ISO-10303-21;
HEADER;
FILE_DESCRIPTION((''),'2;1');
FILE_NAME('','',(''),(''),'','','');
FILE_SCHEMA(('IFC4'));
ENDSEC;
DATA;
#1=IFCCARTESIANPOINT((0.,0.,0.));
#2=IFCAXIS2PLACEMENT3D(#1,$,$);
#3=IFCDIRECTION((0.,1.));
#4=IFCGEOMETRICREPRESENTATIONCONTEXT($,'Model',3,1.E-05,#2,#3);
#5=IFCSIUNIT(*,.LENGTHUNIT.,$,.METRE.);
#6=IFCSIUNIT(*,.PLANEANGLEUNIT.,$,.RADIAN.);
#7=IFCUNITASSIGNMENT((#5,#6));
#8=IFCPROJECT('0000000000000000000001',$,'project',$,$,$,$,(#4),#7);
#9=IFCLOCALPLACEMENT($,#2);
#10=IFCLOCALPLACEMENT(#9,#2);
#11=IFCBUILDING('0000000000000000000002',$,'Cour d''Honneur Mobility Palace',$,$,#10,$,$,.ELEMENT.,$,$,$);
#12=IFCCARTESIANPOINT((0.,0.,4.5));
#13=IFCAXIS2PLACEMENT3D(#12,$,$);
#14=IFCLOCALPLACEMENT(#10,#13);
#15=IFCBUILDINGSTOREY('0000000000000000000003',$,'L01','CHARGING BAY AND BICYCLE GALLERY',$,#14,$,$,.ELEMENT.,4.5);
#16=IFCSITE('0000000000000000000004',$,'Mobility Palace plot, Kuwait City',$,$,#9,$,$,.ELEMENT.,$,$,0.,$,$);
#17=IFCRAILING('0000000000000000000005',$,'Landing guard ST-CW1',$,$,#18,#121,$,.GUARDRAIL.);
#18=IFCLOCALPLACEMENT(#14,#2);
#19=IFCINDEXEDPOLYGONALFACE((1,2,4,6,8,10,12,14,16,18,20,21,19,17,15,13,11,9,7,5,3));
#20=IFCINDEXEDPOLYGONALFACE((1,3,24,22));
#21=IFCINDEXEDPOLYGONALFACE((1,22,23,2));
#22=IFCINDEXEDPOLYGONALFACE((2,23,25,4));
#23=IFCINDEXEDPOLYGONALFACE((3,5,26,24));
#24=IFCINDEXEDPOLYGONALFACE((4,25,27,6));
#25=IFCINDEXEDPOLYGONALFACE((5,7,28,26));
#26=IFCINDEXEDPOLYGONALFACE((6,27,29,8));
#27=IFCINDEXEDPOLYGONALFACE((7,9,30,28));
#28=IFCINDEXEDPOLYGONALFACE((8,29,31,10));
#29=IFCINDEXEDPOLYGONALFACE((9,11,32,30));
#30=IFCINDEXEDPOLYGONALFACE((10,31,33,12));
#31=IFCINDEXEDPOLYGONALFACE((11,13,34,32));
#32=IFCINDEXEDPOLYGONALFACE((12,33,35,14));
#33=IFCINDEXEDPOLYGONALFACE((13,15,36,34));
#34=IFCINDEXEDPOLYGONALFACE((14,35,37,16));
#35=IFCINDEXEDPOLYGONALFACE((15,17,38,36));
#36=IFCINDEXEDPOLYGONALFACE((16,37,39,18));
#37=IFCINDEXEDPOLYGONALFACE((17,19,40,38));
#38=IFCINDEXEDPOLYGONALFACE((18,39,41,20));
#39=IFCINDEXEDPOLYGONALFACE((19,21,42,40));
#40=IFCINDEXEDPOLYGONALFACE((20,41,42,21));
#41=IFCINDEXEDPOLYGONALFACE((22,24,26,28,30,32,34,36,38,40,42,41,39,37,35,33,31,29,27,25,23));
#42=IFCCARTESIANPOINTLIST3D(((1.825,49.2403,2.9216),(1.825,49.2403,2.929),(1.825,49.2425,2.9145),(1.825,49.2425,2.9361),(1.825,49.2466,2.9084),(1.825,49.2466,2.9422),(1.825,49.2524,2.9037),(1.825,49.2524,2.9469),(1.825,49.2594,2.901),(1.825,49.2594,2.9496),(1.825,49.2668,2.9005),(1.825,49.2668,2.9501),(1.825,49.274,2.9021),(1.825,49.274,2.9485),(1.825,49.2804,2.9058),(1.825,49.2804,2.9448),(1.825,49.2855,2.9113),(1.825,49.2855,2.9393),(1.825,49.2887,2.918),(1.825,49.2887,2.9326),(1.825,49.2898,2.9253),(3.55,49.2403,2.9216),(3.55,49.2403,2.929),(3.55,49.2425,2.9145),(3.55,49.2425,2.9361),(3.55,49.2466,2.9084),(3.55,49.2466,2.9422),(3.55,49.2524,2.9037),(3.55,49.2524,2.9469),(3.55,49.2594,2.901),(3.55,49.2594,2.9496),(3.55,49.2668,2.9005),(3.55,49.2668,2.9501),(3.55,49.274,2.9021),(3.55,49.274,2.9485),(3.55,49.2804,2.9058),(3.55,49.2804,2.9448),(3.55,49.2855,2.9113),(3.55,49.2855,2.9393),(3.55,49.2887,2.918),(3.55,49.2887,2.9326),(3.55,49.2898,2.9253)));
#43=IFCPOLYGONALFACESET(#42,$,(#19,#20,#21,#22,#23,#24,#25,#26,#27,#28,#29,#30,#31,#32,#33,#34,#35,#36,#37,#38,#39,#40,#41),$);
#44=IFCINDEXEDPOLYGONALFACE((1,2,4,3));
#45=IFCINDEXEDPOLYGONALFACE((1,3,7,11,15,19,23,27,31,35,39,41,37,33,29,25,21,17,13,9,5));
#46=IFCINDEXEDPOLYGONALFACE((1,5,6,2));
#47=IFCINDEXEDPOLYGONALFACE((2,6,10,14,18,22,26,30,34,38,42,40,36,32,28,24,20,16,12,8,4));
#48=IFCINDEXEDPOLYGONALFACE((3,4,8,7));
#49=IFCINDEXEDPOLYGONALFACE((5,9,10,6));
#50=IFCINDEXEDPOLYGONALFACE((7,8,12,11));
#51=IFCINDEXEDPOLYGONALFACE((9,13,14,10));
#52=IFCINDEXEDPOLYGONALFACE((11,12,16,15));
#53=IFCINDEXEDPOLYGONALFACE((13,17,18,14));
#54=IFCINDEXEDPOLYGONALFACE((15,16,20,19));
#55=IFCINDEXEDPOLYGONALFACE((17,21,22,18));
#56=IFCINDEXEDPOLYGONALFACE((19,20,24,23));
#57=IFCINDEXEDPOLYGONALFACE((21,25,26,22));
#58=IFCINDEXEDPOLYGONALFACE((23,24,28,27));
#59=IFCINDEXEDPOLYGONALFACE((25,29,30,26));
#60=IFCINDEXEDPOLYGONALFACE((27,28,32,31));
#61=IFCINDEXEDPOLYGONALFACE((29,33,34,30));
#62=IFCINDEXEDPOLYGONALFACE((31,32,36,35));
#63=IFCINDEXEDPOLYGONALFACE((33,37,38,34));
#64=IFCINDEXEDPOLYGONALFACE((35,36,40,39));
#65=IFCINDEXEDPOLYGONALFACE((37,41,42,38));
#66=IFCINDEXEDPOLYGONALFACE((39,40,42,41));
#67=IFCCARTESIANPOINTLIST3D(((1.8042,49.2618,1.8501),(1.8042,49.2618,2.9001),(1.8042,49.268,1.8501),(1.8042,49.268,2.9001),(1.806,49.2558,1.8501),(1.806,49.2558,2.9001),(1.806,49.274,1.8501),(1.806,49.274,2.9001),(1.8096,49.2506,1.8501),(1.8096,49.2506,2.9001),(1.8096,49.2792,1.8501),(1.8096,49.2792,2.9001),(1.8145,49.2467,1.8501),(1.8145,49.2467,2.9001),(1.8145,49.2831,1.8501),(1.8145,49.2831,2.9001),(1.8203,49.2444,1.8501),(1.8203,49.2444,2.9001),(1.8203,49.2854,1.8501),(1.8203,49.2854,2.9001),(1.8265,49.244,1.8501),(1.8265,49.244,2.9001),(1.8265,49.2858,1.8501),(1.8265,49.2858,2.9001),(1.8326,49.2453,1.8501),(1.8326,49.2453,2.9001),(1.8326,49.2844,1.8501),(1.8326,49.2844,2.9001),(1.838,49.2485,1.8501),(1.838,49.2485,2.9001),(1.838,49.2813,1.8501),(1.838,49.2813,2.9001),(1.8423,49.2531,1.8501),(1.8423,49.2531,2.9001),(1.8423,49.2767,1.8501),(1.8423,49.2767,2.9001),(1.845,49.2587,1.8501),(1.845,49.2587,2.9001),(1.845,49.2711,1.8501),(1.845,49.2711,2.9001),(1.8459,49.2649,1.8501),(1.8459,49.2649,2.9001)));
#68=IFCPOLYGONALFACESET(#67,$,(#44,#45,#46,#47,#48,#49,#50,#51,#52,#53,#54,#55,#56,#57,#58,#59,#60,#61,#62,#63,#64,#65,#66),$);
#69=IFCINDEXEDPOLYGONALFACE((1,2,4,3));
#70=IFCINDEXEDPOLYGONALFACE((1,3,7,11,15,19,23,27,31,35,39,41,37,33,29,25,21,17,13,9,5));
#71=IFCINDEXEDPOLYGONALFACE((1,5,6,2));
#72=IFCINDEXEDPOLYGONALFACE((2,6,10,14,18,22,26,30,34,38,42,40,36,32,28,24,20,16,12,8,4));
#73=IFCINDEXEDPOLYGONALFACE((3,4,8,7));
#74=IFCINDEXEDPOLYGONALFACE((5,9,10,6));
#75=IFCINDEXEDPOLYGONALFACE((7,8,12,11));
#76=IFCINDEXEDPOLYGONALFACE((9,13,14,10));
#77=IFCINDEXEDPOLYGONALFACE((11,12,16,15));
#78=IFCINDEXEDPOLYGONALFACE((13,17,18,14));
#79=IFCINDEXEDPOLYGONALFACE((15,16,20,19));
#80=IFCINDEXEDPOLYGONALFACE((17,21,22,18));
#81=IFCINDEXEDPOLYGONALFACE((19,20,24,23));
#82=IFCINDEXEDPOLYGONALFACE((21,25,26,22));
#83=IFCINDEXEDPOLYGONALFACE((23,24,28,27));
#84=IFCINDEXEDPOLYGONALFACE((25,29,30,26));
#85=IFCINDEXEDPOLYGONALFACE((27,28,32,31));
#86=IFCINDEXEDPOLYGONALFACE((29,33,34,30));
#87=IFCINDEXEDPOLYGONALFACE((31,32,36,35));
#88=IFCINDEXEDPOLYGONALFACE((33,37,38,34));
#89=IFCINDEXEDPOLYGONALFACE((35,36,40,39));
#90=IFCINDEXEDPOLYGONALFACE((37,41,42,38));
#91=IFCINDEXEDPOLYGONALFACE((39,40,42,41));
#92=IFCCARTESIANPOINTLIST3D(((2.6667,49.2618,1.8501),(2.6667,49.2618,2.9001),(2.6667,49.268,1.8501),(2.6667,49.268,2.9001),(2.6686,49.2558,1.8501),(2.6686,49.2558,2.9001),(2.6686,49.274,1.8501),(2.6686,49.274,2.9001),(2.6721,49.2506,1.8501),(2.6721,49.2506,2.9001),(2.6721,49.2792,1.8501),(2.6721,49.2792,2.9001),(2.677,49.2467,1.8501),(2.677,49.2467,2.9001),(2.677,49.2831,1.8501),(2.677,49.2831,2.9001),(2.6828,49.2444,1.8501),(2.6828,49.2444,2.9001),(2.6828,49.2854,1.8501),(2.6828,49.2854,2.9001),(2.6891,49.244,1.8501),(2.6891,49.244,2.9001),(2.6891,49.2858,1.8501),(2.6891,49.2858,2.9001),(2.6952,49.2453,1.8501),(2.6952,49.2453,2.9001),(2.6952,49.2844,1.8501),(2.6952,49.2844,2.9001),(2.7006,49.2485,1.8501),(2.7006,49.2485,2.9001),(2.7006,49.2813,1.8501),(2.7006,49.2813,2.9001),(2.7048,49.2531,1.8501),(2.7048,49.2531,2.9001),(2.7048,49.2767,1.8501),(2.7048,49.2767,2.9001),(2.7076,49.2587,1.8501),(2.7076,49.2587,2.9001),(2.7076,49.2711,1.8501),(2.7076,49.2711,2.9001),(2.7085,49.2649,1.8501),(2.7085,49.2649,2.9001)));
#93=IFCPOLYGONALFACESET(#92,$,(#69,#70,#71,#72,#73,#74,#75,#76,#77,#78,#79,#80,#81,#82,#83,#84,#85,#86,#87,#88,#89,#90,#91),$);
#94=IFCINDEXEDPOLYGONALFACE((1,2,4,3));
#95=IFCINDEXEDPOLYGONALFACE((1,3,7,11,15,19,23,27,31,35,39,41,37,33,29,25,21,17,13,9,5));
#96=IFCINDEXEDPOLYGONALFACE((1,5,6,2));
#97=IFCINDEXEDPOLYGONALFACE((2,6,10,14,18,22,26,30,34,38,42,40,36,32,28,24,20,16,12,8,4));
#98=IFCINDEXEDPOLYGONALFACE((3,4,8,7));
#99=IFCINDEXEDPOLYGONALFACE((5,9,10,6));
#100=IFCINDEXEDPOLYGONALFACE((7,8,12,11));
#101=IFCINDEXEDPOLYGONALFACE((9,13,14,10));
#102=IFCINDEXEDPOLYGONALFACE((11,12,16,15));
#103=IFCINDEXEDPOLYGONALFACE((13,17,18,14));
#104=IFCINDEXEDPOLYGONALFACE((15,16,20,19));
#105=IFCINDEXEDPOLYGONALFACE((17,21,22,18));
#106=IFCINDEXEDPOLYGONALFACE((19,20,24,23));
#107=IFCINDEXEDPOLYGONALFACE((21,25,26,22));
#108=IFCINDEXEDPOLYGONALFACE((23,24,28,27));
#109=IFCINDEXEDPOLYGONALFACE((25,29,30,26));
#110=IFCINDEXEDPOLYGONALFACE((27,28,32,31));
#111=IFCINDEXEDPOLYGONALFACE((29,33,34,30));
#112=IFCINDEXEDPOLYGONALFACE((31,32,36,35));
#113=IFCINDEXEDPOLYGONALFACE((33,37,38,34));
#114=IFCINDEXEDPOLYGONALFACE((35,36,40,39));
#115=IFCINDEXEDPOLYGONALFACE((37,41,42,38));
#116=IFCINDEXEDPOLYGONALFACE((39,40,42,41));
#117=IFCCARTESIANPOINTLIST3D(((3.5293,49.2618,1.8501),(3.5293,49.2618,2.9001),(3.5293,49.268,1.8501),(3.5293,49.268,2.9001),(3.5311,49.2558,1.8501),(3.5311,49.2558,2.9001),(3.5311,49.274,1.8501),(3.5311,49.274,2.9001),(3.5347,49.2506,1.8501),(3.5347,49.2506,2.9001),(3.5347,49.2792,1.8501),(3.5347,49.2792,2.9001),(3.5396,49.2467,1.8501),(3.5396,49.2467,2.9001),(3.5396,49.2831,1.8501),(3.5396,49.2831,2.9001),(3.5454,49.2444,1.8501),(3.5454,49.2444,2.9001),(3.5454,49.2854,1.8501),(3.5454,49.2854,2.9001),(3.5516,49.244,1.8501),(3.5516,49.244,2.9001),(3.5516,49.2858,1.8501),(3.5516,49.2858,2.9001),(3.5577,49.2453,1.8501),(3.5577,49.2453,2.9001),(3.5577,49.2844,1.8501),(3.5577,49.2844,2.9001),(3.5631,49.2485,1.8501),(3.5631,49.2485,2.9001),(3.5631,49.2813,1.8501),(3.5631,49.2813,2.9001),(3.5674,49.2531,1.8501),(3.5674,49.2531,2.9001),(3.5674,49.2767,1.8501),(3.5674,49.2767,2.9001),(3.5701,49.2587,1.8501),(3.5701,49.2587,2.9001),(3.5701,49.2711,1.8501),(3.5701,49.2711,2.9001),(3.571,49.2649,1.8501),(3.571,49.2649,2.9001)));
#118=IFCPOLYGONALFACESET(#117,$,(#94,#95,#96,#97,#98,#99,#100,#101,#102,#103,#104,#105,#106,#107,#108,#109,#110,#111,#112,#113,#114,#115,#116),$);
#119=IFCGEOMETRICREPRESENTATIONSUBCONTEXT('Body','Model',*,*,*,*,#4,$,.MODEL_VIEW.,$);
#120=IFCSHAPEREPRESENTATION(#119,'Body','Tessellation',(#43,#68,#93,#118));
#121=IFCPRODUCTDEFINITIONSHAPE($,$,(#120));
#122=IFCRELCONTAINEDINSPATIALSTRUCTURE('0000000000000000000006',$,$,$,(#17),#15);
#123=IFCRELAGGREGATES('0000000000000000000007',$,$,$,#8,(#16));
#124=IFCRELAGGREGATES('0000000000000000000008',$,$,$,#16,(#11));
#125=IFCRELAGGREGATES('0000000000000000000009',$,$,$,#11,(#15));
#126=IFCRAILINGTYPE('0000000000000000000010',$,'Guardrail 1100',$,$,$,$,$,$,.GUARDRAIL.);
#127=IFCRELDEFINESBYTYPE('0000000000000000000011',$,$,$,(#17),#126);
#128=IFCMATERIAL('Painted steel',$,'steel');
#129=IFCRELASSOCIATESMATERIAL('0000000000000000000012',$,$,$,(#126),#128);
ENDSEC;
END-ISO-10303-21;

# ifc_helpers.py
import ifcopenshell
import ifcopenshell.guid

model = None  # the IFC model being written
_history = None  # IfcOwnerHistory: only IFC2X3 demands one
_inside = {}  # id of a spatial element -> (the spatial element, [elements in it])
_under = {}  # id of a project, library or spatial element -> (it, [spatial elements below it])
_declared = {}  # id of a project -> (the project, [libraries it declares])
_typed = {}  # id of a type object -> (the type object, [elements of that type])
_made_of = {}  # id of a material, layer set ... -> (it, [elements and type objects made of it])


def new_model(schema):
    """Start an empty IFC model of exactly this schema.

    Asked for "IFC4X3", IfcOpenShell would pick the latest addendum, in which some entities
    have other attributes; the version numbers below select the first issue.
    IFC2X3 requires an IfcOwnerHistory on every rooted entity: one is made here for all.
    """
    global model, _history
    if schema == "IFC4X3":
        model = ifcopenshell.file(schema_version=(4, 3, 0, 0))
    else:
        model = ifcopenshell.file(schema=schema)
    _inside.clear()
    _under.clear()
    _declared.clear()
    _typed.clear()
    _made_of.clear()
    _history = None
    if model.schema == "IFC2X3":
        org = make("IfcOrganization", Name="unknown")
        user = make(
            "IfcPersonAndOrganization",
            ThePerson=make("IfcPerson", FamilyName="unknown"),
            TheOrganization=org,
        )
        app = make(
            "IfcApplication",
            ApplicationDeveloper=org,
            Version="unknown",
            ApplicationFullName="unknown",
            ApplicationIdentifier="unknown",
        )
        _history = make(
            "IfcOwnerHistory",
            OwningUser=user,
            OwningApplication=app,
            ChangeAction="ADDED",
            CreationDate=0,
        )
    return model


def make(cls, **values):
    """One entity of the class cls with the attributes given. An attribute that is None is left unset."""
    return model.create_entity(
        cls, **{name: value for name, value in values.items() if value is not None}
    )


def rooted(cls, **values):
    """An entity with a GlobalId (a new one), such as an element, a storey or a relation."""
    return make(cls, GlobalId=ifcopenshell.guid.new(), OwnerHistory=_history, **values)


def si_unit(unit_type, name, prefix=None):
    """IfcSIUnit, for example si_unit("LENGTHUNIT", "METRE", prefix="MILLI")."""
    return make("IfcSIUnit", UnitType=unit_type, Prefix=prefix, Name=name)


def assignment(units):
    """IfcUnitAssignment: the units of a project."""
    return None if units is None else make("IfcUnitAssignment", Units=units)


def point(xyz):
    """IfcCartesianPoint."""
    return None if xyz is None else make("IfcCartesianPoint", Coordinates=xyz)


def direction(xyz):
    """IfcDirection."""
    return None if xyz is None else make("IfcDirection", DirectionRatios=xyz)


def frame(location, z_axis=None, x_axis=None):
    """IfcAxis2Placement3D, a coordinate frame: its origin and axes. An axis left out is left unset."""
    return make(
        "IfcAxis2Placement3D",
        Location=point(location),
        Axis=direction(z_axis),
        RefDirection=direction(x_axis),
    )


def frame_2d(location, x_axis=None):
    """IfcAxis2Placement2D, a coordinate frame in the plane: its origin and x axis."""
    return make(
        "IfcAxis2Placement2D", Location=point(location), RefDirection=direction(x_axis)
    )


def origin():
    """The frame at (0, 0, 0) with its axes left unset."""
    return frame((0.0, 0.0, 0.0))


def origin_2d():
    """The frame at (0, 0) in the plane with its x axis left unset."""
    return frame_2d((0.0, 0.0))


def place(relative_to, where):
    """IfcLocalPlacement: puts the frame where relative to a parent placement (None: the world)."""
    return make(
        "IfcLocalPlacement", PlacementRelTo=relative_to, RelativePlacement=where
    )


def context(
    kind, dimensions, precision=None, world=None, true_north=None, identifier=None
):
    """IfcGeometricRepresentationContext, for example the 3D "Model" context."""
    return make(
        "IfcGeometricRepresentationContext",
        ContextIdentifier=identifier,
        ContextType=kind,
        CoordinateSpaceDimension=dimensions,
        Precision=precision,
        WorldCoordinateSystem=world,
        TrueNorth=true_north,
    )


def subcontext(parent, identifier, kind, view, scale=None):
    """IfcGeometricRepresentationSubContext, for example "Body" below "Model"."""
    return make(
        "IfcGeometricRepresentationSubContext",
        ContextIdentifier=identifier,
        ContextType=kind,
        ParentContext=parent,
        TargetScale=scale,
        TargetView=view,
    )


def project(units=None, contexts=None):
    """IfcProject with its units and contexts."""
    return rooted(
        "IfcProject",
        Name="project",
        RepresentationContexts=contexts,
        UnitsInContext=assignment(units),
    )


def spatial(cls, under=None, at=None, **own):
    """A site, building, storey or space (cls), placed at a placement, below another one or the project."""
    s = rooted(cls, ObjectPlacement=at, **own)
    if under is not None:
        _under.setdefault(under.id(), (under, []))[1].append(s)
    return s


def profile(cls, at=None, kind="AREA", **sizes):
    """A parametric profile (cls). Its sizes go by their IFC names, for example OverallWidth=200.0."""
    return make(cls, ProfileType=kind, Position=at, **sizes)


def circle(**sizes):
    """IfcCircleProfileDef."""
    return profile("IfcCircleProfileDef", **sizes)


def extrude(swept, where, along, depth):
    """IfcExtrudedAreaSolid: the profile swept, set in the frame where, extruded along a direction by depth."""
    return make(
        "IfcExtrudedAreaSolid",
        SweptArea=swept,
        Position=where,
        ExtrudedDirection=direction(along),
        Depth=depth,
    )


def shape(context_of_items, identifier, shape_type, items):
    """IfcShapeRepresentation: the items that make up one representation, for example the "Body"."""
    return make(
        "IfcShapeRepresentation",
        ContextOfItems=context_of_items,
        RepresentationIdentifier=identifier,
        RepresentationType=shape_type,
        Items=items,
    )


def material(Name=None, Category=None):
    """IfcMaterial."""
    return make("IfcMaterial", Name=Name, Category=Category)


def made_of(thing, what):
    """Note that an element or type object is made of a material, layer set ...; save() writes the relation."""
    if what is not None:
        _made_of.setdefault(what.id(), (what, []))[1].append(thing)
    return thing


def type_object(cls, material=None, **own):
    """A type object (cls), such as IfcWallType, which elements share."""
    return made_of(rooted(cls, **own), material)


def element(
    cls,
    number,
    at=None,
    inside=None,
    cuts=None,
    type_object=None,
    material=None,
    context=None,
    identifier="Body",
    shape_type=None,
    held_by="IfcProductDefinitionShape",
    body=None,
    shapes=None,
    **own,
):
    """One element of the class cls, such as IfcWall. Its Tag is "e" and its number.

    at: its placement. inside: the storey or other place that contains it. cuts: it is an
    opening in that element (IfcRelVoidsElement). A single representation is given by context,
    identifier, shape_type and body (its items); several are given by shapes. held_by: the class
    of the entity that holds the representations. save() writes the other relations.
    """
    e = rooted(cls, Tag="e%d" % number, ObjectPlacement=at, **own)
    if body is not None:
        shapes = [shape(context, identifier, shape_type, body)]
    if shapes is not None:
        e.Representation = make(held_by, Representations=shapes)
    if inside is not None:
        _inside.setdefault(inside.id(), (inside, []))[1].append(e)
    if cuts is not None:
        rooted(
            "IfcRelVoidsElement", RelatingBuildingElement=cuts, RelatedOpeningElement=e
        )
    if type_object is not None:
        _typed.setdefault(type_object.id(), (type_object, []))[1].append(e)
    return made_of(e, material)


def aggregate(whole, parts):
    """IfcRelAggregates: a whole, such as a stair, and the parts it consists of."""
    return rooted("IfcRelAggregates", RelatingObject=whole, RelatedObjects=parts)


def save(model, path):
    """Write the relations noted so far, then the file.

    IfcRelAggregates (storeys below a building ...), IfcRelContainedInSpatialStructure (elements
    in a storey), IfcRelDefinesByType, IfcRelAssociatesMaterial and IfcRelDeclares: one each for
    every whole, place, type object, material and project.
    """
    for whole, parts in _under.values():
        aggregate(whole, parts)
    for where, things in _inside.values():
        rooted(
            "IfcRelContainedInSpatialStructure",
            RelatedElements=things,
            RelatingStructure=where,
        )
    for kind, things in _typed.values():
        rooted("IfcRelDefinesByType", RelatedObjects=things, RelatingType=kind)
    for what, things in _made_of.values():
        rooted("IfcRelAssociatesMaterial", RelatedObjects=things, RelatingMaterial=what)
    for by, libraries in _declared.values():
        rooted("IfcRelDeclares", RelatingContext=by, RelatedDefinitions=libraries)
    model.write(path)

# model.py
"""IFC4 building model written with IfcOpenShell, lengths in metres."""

from ifc_helpers import new_model, si_unit, direction, frame, origin, origin_2d, place, context, subcontext, project, spatial, circle, extrude, material, type_object, element, save


model = new_model("IFC4")

# Units and contexts
model_context = context("Model", 3, precision=1e-05, world=origin(), true_north=direction((0.0, 1.0)))
body_context = subcontext(model_context, "Body", "Model", "MODEL_VIEW")
ifc_project = project(units=[si_unit("LENGTHUNIT", "METRE"), si_unit("PLANEANGLEUNIT", "RADIAN")], contexts=[model_context])

# Site, building, storey
site_placement = place(None, origin())
site = spatial("IfcSite", under=ifc_project, at=site_placement, Name="Mobility Palace plot, Kuwait City", CompositionType="ELEMENT", RefElevation=0.0)
building_placement = place(site_placement, origin())
building = spatial("IfcBuilding", under=site, at=building_placement, Name="Cour d'Honneur Mobility Palace", CompositionType="ELEMENT")
storey_placement = place(building_placement, frame((0.0, 0.0, 4.5)))
storey = spatial("IfcBuildingStorey", under=building, at=storey_placement, Name="L01", Description="CHARGING BAY AND BICYCLE GALLERY", CompositionType="ELEMENT", Elevation=4.5)

# Railing
ifc_material_1 = material(Name="Painted steel", Category="steel")
railing_type_1 = type_object("IfcRailingType", Name="Guardrail 1100", PredefinedType="GUARDRAIL", material=ifc_material_1)
railing_1_placement = place(storey_placement, frame((1.825, 49.2649, 1.8501)))
element("IfcRailing", 1, at=railing_1_placement, inside=storey, type_object=railing_type_1, Name="Landing guard ST-CW1", PredefinedType="GUARDRAIL", context=body_context, shape_type="SweptSolid", body=[
    extrude(circle(Radius=0.0249, at=origin_2d()), frame((0.0, 0.0, 1.0752), z_axis=(1.0, 0.0, 0.0), x_axis=(0.0, 1.0, 0.0)), (0.0, 0.0, 1.0), 1.7251),
    extrude(circle(Radius=0.021, at=origin_2d()), origin(), (0.0, 0.0, 1.0), 1.05),
    extrude(circle(Radius=0.021, at=origin_2d()), frame((0.8625, 0.0, 0.0)), (0.0, 0.0, 1.0), 1.05),
    extrude(circle(Radius=0.021, at=origin_2d()), frame((1.7251, 0.0, 0.0)), (0.0, 0.0, 1.0), 1.05),
])

save(model, "model.ifc")
